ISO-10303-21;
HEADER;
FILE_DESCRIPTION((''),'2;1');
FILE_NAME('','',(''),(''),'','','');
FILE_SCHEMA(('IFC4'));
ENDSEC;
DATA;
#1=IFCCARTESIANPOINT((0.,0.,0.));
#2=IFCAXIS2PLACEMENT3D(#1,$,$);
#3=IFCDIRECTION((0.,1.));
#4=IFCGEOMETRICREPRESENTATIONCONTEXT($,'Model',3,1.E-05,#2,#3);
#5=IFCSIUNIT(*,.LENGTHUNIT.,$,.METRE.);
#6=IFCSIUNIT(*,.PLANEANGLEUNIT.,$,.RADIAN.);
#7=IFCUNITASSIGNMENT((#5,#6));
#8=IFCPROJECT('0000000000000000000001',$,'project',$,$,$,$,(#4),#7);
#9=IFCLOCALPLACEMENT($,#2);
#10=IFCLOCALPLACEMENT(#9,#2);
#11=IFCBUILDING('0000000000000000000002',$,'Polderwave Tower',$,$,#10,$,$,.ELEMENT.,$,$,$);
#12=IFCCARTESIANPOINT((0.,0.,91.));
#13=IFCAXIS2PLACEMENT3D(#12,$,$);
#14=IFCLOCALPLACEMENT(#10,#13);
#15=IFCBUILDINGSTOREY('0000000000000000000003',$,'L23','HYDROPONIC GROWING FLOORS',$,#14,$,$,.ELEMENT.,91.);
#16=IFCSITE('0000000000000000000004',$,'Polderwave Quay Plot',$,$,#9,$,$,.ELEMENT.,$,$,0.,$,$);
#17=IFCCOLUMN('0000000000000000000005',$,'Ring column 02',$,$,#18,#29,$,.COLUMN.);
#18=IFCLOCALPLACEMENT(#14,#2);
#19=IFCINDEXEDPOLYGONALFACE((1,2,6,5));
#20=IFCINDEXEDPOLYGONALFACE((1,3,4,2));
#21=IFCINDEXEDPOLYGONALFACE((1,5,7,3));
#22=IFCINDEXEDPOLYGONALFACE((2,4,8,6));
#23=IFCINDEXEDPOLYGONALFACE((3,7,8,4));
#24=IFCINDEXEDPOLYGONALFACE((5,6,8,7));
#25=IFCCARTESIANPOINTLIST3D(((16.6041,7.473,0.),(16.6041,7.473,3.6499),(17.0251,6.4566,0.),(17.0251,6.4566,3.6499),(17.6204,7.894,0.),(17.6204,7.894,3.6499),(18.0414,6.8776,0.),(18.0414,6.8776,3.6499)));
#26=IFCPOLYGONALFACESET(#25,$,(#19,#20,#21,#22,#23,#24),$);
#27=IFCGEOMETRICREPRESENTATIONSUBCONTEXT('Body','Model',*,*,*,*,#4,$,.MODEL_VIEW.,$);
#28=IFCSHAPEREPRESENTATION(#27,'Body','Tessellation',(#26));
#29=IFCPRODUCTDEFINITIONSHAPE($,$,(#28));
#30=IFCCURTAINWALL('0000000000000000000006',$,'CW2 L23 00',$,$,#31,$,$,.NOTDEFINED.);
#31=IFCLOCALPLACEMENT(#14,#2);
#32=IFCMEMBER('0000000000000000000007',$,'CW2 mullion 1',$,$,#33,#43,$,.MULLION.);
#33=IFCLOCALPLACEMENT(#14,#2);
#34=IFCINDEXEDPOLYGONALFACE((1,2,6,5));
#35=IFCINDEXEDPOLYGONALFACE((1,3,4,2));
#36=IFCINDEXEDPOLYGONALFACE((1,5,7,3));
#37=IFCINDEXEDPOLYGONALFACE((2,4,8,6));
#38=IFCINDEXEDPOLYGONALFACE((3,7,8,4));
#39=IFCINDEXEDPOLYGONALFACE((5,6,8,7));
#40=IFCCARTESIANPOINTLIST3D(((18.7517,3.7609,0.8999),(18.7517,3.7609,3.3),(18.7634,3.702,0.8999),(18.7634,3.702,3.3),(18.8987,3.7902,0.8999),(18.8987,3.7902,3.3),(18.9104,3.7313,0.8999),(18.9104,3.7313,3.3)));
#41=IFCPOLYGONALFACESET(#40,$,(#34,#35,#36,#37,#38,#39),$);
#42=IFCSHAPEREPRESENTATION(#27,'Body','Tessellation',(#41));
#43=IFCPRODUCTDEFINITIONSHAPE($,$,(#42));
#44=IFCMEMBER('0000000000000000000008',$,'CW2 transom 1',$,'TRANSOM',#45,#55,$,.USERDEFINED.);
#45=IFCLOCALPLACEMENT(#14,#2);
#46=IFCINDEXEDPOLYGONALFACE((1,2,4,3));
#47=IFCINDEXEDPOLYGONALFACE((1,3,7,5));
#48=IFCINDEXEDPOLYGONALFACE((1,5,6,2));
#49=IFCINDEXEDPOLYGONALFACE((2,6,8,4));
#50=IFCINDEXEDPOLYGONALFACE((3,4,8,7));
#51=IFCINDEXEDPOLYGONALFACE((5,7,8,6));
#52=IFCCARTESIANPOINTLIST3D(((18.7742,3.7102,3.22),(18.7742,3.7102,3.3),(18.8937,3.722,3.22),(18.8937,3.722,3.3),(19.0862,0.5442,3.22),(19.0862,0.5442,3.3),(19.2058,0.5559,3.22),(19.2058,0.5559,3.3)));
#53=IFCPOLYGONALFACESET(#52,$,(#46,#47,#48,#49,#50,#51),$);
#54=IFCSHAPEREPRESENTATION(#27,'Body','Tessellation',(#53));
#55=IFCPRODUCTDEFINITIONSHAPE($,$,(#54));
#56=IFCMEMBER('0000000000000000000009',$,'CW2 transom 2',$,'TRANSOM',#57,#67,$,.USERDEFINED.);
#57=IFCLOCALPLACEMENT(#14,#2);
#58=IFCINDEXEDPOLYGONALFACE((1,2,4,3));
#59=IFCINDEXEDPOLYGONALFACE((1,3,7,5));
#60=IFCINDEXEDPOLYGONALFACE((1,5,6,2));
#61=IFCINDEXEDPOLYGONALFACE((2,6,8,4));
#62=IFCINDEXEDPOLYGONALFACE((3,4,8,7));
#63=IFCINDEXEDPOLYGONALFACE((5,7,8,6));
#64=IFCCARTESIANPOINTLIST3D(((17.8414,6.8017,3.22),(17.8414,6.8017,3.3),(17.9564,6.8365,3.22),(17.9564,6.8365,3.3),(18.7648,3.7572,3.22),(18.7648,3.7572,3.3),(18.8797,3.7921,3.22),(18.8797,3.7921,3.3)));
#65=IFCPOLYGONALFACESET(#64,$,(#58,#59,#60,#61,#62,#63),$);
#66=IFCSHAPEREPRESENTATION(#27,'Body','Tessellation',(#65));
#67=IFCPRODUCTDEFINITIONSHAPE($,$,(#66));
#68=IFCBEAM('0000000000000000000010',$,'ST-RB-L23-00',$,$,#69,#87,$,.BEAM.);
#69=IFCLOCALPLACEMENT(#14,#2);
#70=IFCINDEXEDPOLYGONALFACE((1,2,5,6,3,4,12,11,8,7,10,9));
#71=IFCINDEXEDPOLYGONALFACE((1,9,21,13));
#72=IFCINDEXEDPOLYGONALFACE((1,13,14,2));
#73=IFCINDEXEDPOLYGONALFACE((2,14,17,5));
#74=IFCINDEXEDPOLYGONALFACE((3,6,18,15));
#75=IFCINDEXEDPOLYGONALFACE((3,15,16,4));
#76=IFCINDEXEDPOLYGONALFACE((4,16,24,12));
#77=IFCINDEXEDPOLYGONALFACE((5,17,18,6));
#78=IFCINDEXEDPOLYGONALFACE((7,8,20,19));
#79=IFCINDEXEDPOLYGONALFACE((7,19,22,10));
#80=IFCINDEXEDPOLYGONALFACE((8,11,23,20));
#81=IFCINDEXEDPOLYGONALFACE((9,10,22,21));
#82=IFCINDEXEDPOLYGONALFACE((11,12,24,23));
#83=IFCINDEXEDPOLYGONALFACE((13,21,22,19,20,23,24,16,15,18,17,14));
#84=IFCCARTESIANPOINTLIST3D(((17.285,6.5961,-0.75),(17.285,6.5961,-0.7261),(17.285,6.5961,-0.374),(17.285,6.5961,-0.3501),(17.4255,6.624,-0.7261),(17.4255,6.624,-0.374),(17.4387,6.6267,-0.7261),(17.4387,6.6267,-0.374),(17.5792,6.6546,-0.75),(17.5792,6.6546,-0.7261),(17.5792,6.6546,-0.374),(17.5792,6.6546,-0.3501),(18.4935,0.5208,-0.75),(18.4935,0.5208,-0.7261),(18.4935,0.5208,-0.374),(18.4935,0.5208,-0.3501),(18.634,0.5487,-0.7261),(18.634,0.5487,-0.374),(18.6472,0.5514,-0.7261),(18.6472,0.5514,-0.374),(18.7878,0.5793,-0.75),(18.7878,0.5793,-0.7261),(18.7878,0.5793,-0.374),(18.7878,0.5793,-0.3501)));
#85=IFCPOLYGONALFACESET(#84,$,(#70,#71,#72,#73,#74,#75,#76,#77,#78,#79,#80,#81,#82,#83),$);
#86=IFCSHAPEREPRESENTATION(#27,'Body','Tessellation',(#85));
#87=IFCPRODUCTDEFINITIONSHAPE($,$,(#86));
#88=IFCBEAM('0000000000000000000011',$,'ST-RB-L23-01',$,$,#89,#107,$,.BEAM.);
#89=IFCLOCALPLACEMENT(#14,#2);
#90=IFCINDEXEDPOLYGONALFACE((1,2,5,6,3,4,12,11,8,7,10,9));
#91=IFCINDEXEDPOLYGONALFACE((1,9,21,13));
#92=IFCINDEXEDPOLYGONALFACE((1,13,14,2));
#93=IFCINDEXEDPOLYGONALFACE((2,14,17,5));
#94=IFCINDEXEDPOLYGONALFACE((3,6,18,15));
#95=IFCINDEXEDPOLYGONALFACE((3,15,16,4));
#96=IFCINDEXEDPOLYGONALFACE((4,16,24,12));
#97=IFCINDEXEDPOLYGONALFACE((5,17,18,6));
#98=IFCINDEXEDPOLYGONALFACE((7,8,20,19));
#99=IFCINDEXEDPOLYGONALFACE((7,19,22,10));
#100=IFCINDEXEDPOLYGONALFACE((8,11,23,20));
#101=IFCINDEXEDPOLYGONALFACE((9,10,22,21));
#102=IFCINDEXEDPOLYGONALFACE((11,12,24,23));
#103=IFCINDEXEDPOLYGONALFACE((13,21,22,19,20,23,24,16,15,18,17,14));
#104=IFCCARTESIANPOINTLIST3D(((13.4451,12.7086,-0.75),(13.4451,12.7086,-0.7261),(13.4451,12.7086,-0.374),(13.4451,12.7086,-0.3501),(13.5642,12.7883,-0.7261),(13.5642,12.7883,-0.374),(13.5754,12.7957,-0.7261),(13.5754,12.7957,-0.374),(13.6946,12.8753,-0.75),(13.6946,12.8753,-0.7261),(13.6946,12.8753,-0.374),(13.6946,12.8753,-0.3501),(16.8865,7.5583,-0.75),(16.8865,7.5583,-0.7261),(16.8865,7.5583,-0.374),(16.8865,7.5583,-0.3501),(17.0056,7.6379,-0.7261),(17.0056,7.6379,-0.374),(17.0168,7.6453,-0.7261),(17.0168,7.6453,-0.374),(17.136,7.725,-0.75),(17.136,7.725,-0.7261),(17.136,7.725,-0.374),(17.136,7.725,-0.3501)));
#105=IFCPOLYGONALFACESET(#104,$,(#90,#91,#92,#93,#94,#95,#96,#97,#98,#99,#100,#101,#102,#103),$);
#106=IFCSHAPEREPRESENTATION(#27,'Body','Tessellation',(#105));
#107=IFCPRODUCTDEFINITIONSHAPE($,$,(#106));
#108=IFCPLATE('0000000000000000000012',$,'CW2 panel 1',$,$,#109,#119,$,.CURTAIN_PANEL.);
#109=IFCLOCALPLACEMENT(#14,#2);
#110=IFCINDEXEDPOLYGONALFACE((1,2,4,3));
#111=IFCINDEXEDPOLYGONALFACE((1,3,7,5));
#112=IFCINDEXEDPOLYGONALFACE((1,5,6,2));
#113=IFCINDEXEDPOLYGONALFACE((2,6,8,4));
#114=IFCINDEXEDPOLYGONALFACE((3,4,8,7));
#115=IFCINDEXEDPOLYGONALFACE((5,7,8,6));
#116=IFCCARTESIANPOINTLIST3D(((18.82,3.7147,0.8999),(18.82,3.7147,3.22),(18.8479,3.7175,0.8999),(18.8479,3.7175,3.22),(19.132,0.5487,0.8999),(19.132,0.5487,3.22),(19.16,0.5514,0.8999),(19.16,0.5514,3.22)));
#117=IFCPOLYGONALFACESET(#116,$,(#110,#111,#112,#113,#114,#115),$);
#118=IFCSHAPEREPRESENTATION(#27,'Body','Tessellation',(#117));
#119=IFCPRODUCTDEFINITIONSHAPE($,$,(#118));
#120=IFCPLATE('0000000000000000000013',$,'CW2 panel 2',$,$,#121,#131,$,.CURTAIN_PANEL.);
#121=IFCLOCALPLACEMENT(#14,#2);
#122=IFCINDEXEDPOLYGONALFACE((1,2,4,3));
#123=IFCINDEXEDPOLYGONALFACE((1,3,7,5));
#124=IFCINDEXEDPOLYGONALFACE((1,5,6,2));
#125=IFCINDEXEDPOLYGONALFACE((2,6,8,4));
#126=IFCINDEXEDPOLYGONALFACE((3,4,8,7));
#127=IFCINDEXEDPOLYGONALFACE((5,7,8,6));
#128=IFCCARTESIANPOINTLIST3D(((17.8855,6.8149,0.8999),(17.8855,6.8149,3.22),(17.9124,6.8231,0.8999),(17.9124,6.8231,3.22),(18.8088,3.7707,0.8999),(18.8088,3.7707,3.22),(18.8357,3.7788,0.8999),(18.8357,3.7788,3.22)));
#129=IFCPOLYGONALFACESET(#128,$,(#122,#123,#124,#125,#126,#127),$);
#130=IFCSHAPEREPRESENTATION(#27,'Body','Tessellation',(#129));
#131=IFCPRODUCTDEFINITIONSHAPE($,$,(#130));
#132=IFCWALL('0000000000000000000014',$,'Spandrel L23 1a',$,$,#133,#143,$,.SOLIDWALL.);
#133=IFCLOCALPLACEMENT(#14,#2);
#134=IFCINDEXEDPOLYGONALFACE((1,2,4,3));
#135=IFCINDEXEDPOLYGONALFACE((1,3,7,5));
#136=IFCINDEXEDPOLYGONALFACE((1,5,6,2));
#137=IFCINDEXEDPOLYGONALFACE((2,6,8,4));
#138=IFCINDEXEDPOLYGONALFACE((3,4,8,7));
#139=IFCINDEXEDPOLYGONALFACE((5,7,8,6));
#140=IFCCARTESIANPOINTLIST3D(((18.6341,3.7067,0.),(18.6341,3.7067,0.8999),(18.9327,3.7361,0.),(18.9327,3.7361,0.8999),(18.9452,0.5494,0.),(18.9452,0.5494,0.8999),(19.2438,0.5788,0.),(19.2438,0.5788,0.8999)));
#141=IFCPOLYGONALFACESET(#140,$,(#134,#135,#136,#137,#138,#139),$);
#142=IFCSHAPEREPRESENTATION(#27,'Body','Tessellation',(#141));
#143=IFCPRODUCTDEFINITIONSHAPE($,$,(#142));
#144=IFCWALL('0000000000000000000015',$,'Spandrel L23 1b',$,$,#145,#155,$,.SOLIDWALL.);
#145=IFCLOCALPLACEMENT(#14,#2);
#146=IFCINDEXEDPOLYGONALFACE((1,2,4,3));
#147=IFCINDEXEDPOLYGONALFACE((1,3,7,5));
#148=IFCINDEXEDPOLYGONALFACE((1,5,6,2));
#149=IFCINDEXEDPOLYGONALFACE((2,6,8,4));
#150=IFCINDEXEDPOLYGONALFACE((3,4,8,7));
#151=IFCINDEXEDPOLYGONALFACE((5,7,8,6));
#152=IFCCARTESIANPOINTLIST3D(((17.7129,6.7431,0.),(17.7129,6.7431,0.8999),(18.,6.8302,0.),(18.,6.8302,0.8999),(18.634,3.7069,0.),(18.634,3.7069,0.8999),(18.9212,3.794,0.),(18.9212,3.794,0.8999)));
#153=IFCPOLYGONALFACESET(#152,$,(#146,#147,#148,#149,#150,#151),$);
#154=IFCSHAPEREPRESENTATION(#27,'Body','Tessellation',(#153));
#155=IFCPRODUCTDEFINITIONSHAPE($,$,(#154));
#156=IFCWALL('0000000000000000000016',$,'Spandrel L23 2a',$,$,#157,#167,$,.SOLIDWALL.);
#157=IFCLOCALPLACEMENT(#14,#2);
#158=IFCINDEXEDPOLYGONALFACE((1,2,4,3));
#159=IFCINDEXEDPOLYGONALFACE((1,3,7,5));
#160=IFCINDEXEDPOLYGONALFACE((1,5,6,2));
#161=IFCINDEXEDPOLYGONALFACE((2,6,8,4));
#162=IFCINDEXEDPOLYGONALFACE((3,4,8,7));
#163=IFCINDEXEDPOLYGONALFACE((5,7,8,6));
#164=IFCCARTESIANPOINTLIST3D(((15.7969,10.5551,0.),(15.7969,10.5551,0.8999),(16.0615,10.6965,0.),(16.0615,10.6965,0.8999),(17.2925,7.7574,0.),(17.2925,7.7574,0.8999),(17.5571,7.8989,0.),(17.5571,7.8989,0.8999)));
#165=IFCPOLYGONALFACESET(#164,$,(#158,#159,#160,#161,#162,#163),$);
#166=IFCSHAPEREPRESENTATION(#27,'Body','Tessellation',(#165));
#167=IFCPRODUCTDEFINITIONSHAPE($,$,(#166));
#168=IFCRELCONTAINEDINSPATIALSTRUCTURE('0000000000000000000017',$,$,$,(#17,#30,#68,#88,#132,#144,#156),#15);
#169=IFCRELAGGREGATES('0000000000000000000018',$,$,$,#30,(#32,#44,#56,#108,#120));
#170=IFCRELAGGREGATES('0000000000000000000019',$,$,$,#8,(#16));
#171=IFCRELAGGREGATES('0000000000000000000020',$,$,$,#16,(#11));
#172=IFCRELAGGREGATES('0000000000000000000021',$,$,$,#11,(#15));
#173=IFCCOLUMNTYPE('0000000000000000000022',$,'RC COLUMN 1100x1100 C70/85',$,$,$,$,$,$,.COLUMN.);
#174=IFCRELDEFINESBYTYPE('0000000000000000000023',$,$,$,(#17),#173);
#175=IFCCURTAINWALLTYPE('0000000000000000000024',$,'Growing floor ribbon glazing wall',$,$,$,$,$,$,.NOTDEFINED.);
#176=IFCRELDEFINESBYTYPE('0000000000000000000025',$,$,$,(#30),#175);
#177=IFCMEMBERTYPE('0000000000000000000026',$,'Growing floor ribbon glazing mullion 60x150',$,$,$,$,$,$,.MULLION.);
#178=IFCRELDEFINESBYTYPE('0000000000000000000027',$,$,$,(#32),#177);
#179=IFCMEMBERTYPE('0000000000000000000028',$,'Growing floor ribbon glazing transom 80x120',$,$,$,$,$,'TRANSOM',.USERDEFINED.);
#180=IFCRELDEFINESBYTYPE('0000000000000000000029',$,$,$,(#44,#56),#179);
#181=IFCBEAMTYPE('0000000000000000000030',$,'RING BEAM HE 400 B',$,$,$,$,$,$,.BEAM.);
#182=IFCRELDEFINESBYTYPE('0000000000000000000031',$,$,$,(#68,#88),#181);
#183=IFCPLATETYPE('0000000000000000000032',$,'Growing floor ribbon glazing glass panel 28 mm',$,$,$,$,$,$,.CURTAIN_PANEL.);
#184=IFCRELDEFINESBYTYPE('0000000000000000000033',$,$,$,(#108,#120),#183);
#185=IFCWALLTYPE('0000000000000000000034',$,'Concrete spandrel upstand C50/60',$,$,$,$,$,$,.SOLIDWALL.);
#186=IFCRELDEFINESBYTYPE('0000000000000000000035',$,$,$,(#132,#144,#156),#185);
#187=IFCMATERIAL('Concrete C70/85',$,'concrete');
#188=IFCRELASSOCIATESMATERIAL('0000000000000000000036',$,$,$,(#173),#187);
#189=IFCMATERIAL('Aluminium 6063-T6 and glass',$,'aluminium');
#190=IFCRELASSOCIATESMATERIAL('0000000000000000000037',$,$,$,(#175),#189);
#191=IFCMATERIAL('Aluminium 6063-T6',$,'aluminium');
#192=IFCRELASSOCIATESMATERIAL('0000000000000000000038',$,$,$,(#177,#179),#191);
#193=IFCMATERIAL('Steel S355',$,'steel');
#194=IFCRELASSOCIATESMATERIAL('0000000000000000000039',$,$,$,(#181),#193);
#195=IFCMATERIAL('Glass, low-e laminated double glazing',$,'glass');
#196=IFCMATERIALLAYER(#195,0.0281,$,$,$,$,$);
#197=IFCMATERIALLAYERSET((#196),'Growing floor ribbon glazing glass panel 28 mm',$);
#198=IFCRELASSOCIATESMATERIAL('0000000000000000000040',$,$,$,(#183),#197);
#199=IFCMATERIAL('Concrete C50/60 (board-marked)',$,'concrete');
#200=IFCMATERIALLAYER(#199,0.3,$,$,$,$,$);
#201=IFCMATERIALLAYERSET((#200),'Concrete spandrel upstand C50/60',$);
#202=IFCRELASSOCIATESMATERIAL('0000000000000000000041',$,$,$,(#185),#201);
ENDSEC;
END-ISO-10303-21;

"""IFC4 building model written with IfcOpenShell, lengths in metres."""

from ifc_helpers import new_model, si_unit, direction, frame, frame_2d, origin, origin_2d, place, context, subcontext, project, spatial, rectangle, i_section, extrude, material, layer, layer_set, material_profile, profile_set, type_object, element, aggregate, save


model = new_model("IFC4")

# Units and contexts
model_context = context("Model", 3, precision=1e-05, world=origin(), true_north=direction((0.0, 1.0)))
body_context = subcontext(model_context, "Body", "Model", "MODEL_VIEW")
ifc_project = project(units=[si_unit("LENGTHUNIT", "METRE"), si_unit("PLANEANGLEUNIT", "RADIAN")], contexts=[model_context])

# Site, building, storey
site_placement = place(None, origin())
site = spatial("IfcSite", under=ifc_project, at=site_placement, Name="Polderwave Quay Plot", CompositionType="ELEMENT", RefElevation=0.0)
building_placement = place(site_placement, origin())
building = spatial("IfcBuilding", under=site, at=building_placement, Name="Polderwave Tower", CompositionType="ELEMENT")
storey_placement = place(building_placement, frame((0.0, 0.0, 91.0)))
storey = spatial("IfcBuildingStorey", under=building, at=storey_placement, Name="L23", Description="HYDROPONIC GROWING FLOORS", CompositionType="ELEMENT", Elevation=91.0)

# Column
ifc_material_1 = material(Name="Concrete C70/85", Category="concrete")
ifc_material_profile_1 = material_profile(ifc_material_1, rectangle(XDim=1.1001, YDim=1.1001, at=origin_2d()), Name="RC 1100x1100")
ifc_profile_set_1 = profile_set([ifc_material_profile_1], Name="Concrete C70/85")
column_type = type_object("IfcColumnType", Name="RC COLUMN 1100x1100 C70/85", PredefinedType="COLUMN", material=ifc_profile_set_1)
column_placement = place(storey_placement, frame((17.3228, 7.1753, 0.0), z_axis=(0.0, 0.0, 1.0), x_axis=(0.92388, 0.382683, 0.0)))
element("IfcColumn", 1, at=column_placement, inside=storey, type_object=column_type, Name="Ring column 02", PredefinedType="COLUMN", context=body_context, shape_type="SweptSolid", body=[
    extrude(rectangle(XDim=1.1001, YDim=1.1001, at=origin_2d()), origin(), (0.0, 0.0, 1.0), 3.6499),
])

# Curtain wall, members
ifc_material_2 = material(Name="Aluminium 6063-T6 and glass", Category="aluminium")
curtain_wall_type = type_object("IfcCurtainWallType", Name="Growing floor ribbon glazing wall", PredefinedType="NOTDEFINED", material=ifc_material_2)
curtain_wall_placement = place(storey_placement, origin())
curtain_wall = element("IfcCurtainWall", 2, at=curtain_wall_placement, inside=storey, type_object=curtain_wall_type, Name="CW2 L23 00", PredefinedType="NOTDEFINED")
ifc_material_3 = material(Name="Aluminium 6063-T6", Category="aluminium")
ifc_material_profile_2 = material_profile(ifc_material_3, rectangle(XDim=0.1499, YDim=0.0601, at=origin_2d()), Name="AL 60x150")
ifc_profile_set_2 = profile_set([ifc_material_profile_2], Name="Aluminium 6063-T6")
member_type_1 = type_object("IfcMemberType", Name="Growing floor ribbon glazing mullion 60x150", PredefinedType="MULLION", material=ifc_profile_set_2)
member_1_placement = place(storey_placement, frame((18.8311, 3.7461, 0.8999), z_axis=(0.0, 0.0, 1.0), x_axis=(-0.980784, -0.195097, 0.0)))
member_1 = element("IfcMember", 3, at=member_1_placement, type_object=member_type_1, Name="CW2 mullion 1", PredefinedType="MULLION", context=body_context, shape_type="SweptSolid", body=[
    extrude(rectangle(XDim=0.1499, YDim=0.0601, at=origin_2d()), origin(), (0.0, 0.0, 1.0), 2.4001),
])
ifc_material_profile_3 = material_profile(ifc_material_3, rectangle(XDim=0.1201, YDim=0.0801, at=origin_2d()), Name="AL 80x120")
ifc_profile_set_3 = profile_set([ifc_material_profile_3], Name="Aluminium 6063-T6")
member_type_2 = type_object("IfcMemberType", Name="Growing floor ribbon glazing transom 80x120", ElementType="TRANSOM", PredefinedType="USERDEFINED", material=ifc_profile_set_3)
member_2_placement = place(storey_placement, frame((19.146, 0.55, 3.26), z_axis=(-0.098075, 0.995179, 0.0), x_axis=(-0.995179, -0.098075, 0.0)))
member_2 = element("IfcMember", 4, at=member_2_placement, type_object=member_type_2, Name="CW2 transom 1", ObjectType="TRANSOM", PredefinedType="USERDEFINED", context=body_context, shape_type="SweptSolid", body=[
    extrude(rectangle(XDim=0.1201, YDim=0.0801, at=origin_2d()), origin(), (0.0, 0.0, 1.0), 3.1814),
])
member_3_placement = place(storey_placement, frame((18.8223, 3.7747, 3.26), z_axis=(-0.290233, 0.956956, 0.0), x_axis=(-0.956956, -0.290233, 0.0)))
member_3 = element("IfcMember", 5, at=member_3_placement, type_object=member_type_2, Name="CW2 transom 2", ObjectType="TRANSOM", PredefinedType="USERDEFINED", context=body_context, shape_type="SweptSolid", body=[
    extrude(rectangle(XDim=0.1201, YDim=0.0801, at=origin_2d()), origin(), (0.0, 0.0, 1.0), 3.1814),
])

# Beams
ifc_material_4 = material(Name="Steel S355", Category="steel")
ifc_material_profile_4 = material_profile(ifc_material_4, i_section(OverallWidth=0.3, OverallDepth=0.3999, WebThickness=0.0134, FlangeThickness=0.0239, at=origin_2d()), Name="HE 400 B")
ifc_profile_set_4 = profile_set([ifc_material_profile_4], Name="Steel S355")
beam_type = type_object("IfcBeamType", Name="RING BEAM HE 400 B", PredefinedType="BEAM", material=ifc_profile_set_4)
for number, where, z_axis, x_axis, name in (
    (6, (18.6406, 0.55, -0.55), (-0.1951, 0.980783, 0.0), (-0.980783, -0.1951, 0.0), "ST-RB-L23-00"),
    (7, (17.0112, 7.6416, -0.55), (-0.555573, 0.831468, 0.0), (-0.831468, -0.555573, 0.0), "ST-RB-L23-01"),
):
    element("IfcBeam", number, at=place(storey_placement, frame(where, z_axis=z_axis, x_axis=x_axis)), inside=storey, type_object=beam_type, Name=name, PredefinedType="BEAM", context=body_context, shape_type="SweptSolid", body=[
        extrude(i_section(OverallWidth=0.3, OverallDepth=0.3999, WebThickness=0.0134, FlangeThickness=0.0239, at=origin_2d()), origin(), (0.0, 0.0, 1.0), 6.1943),
    ])

# Plates
ifc_material_5 = material(Name="Glass, low-e laminated double glazing", Category="glass")
ifc_layer_1 = layer(ifc_material_5, 0.0281)
ifc_layer_set_1 = layer_set([ifc_layer_1], Name="Growing floor ribbon glazing glass panel 28 mm")
plate_type = type_object("IfcPlateType", Name="Growing floor ribbon glazing glass panel 28 mm", PredefinedType="CURTAIN_PANEL", material=ifc_layer_set_1)
plate_1_placement = place(storey_placement, frame((18.99, 2.1331, 0.8999), z_axis=(0.0, 0.0, 1.0), x_axis=(-0.098085, 0.995178, 0.0)))
plate_1 = element("IfcPlate", 8, at=plate_1_placement, type_object=plate_type, Name="CW2 panel 1", PredefinedType="CURTAIN_PANEL", context=body_context, shape_type="SweptSolid", body=[
    extrude(rectangle(XDim=3.1814, YDim=0.0281, at=origin_2d()), origin(), (0.0, 0.0, 1.0), 2.3201),
])
plate_2_placement = place(storey_placement, frame((18.3606, 5.2969, 0.8999), z_axis=(0.0, 0.0, 1.0), x_axis=(-0.290233, 0.956956, 0.0)))
plate_2 = element("IfcPlate", 9, at=plate_2_placement, type_object=plate_type, Name="CW2 panel 2", PredefinedType="CURTAIN_PANEL", context=body_context, shape_type="SweptSolid", body=[
    extrude(rectangle(XDim=3.1812, YDim=0.0281, at=origin_2d()), origin(), (0.0, 0.0, 1.0), 2.3201),
])
aggregate(curtain_wall, [member_1, member_2, member_3, plate_1, plate_2])

# Walls
ifc_material_6 = material(Name="Concrete C50/60 (board-marked)", Category="concrete")
ifc_layer_2 = layer(ifc_material_6, 0.3)
ifc_layer_set_2 = layer_set([ifc_layer_2], Name="Concrete spandrel upstand C50/60")
wall_type_1 = type_object("IfcWallType", Name="Concrete spandrel upstand C50/60", PredefinedType="SOLIDWALL", material=ifc_layer_set_2)
wall_1_placement = place(storey_placement, frame((19.0945, 0.564, 0.0), z_axis=(0.0, 0.0, 1.0), x_axis=(-0.098041, 0.995182, 0.0)))
element("IfcWall", 10, at=wall_1_placement, inside=storey, type_object=wall_type_1, Name="Spandrel L23 1a", PredefinedType="SOLIDWALL", context=body_context, shape_type="SweptSolid", body=[
    extrude(rectangle(XDim=3.1726, YDim=0.3, at=frame_2d((1.5864, 0.0))), origin(), (0.0, 0.0, 1.0), 0.8999),
])
wall_2_placement = place(storey_placement, frame((18.7776, 3.7505, 0.0), z_axis=(0.0, 0.0, 1.0), x_axis=(-0.290326, 0.956928, 0.0)))
element("IfcWall", 11, at=wall_2_placement, inside=storey, type_object=wall_type_1, Name="Spandrel L23 1b", PredefinedType="SOLIDWALL", context=body_context, shape_type="SweptSolid", body=[
    extrude(rectangle(XDim=3.1729, YDim=0.3, at=frame_2d((1.5864, 0.0))), origin(), (0.0, 0.0, 1.0), 0.8999),
])
wall_3_placement = place(storey_placement, frame((17.4248, 7.8281, 0.0), z_axis=(0.0, 0.0, 1.0), x_axis=(-0.471459, 0.881888, 0.0)))
element("IfcWall", 12, at=wall_3_placement, inside=storey, type_object=wall_type_1, Name="Spandrel L23 2a", PredefinedType="SOLIDWALL", context=body_context, shape_type="SweptSolid", body=[
    extrude(rectangle(XDim=3.1724, YDim=0.3, at=frame_2d((1.5862, 0.0))), origin(), (0.0, 0.0, 1.0), 0.8999),
])

save(model, "model.ifc")
